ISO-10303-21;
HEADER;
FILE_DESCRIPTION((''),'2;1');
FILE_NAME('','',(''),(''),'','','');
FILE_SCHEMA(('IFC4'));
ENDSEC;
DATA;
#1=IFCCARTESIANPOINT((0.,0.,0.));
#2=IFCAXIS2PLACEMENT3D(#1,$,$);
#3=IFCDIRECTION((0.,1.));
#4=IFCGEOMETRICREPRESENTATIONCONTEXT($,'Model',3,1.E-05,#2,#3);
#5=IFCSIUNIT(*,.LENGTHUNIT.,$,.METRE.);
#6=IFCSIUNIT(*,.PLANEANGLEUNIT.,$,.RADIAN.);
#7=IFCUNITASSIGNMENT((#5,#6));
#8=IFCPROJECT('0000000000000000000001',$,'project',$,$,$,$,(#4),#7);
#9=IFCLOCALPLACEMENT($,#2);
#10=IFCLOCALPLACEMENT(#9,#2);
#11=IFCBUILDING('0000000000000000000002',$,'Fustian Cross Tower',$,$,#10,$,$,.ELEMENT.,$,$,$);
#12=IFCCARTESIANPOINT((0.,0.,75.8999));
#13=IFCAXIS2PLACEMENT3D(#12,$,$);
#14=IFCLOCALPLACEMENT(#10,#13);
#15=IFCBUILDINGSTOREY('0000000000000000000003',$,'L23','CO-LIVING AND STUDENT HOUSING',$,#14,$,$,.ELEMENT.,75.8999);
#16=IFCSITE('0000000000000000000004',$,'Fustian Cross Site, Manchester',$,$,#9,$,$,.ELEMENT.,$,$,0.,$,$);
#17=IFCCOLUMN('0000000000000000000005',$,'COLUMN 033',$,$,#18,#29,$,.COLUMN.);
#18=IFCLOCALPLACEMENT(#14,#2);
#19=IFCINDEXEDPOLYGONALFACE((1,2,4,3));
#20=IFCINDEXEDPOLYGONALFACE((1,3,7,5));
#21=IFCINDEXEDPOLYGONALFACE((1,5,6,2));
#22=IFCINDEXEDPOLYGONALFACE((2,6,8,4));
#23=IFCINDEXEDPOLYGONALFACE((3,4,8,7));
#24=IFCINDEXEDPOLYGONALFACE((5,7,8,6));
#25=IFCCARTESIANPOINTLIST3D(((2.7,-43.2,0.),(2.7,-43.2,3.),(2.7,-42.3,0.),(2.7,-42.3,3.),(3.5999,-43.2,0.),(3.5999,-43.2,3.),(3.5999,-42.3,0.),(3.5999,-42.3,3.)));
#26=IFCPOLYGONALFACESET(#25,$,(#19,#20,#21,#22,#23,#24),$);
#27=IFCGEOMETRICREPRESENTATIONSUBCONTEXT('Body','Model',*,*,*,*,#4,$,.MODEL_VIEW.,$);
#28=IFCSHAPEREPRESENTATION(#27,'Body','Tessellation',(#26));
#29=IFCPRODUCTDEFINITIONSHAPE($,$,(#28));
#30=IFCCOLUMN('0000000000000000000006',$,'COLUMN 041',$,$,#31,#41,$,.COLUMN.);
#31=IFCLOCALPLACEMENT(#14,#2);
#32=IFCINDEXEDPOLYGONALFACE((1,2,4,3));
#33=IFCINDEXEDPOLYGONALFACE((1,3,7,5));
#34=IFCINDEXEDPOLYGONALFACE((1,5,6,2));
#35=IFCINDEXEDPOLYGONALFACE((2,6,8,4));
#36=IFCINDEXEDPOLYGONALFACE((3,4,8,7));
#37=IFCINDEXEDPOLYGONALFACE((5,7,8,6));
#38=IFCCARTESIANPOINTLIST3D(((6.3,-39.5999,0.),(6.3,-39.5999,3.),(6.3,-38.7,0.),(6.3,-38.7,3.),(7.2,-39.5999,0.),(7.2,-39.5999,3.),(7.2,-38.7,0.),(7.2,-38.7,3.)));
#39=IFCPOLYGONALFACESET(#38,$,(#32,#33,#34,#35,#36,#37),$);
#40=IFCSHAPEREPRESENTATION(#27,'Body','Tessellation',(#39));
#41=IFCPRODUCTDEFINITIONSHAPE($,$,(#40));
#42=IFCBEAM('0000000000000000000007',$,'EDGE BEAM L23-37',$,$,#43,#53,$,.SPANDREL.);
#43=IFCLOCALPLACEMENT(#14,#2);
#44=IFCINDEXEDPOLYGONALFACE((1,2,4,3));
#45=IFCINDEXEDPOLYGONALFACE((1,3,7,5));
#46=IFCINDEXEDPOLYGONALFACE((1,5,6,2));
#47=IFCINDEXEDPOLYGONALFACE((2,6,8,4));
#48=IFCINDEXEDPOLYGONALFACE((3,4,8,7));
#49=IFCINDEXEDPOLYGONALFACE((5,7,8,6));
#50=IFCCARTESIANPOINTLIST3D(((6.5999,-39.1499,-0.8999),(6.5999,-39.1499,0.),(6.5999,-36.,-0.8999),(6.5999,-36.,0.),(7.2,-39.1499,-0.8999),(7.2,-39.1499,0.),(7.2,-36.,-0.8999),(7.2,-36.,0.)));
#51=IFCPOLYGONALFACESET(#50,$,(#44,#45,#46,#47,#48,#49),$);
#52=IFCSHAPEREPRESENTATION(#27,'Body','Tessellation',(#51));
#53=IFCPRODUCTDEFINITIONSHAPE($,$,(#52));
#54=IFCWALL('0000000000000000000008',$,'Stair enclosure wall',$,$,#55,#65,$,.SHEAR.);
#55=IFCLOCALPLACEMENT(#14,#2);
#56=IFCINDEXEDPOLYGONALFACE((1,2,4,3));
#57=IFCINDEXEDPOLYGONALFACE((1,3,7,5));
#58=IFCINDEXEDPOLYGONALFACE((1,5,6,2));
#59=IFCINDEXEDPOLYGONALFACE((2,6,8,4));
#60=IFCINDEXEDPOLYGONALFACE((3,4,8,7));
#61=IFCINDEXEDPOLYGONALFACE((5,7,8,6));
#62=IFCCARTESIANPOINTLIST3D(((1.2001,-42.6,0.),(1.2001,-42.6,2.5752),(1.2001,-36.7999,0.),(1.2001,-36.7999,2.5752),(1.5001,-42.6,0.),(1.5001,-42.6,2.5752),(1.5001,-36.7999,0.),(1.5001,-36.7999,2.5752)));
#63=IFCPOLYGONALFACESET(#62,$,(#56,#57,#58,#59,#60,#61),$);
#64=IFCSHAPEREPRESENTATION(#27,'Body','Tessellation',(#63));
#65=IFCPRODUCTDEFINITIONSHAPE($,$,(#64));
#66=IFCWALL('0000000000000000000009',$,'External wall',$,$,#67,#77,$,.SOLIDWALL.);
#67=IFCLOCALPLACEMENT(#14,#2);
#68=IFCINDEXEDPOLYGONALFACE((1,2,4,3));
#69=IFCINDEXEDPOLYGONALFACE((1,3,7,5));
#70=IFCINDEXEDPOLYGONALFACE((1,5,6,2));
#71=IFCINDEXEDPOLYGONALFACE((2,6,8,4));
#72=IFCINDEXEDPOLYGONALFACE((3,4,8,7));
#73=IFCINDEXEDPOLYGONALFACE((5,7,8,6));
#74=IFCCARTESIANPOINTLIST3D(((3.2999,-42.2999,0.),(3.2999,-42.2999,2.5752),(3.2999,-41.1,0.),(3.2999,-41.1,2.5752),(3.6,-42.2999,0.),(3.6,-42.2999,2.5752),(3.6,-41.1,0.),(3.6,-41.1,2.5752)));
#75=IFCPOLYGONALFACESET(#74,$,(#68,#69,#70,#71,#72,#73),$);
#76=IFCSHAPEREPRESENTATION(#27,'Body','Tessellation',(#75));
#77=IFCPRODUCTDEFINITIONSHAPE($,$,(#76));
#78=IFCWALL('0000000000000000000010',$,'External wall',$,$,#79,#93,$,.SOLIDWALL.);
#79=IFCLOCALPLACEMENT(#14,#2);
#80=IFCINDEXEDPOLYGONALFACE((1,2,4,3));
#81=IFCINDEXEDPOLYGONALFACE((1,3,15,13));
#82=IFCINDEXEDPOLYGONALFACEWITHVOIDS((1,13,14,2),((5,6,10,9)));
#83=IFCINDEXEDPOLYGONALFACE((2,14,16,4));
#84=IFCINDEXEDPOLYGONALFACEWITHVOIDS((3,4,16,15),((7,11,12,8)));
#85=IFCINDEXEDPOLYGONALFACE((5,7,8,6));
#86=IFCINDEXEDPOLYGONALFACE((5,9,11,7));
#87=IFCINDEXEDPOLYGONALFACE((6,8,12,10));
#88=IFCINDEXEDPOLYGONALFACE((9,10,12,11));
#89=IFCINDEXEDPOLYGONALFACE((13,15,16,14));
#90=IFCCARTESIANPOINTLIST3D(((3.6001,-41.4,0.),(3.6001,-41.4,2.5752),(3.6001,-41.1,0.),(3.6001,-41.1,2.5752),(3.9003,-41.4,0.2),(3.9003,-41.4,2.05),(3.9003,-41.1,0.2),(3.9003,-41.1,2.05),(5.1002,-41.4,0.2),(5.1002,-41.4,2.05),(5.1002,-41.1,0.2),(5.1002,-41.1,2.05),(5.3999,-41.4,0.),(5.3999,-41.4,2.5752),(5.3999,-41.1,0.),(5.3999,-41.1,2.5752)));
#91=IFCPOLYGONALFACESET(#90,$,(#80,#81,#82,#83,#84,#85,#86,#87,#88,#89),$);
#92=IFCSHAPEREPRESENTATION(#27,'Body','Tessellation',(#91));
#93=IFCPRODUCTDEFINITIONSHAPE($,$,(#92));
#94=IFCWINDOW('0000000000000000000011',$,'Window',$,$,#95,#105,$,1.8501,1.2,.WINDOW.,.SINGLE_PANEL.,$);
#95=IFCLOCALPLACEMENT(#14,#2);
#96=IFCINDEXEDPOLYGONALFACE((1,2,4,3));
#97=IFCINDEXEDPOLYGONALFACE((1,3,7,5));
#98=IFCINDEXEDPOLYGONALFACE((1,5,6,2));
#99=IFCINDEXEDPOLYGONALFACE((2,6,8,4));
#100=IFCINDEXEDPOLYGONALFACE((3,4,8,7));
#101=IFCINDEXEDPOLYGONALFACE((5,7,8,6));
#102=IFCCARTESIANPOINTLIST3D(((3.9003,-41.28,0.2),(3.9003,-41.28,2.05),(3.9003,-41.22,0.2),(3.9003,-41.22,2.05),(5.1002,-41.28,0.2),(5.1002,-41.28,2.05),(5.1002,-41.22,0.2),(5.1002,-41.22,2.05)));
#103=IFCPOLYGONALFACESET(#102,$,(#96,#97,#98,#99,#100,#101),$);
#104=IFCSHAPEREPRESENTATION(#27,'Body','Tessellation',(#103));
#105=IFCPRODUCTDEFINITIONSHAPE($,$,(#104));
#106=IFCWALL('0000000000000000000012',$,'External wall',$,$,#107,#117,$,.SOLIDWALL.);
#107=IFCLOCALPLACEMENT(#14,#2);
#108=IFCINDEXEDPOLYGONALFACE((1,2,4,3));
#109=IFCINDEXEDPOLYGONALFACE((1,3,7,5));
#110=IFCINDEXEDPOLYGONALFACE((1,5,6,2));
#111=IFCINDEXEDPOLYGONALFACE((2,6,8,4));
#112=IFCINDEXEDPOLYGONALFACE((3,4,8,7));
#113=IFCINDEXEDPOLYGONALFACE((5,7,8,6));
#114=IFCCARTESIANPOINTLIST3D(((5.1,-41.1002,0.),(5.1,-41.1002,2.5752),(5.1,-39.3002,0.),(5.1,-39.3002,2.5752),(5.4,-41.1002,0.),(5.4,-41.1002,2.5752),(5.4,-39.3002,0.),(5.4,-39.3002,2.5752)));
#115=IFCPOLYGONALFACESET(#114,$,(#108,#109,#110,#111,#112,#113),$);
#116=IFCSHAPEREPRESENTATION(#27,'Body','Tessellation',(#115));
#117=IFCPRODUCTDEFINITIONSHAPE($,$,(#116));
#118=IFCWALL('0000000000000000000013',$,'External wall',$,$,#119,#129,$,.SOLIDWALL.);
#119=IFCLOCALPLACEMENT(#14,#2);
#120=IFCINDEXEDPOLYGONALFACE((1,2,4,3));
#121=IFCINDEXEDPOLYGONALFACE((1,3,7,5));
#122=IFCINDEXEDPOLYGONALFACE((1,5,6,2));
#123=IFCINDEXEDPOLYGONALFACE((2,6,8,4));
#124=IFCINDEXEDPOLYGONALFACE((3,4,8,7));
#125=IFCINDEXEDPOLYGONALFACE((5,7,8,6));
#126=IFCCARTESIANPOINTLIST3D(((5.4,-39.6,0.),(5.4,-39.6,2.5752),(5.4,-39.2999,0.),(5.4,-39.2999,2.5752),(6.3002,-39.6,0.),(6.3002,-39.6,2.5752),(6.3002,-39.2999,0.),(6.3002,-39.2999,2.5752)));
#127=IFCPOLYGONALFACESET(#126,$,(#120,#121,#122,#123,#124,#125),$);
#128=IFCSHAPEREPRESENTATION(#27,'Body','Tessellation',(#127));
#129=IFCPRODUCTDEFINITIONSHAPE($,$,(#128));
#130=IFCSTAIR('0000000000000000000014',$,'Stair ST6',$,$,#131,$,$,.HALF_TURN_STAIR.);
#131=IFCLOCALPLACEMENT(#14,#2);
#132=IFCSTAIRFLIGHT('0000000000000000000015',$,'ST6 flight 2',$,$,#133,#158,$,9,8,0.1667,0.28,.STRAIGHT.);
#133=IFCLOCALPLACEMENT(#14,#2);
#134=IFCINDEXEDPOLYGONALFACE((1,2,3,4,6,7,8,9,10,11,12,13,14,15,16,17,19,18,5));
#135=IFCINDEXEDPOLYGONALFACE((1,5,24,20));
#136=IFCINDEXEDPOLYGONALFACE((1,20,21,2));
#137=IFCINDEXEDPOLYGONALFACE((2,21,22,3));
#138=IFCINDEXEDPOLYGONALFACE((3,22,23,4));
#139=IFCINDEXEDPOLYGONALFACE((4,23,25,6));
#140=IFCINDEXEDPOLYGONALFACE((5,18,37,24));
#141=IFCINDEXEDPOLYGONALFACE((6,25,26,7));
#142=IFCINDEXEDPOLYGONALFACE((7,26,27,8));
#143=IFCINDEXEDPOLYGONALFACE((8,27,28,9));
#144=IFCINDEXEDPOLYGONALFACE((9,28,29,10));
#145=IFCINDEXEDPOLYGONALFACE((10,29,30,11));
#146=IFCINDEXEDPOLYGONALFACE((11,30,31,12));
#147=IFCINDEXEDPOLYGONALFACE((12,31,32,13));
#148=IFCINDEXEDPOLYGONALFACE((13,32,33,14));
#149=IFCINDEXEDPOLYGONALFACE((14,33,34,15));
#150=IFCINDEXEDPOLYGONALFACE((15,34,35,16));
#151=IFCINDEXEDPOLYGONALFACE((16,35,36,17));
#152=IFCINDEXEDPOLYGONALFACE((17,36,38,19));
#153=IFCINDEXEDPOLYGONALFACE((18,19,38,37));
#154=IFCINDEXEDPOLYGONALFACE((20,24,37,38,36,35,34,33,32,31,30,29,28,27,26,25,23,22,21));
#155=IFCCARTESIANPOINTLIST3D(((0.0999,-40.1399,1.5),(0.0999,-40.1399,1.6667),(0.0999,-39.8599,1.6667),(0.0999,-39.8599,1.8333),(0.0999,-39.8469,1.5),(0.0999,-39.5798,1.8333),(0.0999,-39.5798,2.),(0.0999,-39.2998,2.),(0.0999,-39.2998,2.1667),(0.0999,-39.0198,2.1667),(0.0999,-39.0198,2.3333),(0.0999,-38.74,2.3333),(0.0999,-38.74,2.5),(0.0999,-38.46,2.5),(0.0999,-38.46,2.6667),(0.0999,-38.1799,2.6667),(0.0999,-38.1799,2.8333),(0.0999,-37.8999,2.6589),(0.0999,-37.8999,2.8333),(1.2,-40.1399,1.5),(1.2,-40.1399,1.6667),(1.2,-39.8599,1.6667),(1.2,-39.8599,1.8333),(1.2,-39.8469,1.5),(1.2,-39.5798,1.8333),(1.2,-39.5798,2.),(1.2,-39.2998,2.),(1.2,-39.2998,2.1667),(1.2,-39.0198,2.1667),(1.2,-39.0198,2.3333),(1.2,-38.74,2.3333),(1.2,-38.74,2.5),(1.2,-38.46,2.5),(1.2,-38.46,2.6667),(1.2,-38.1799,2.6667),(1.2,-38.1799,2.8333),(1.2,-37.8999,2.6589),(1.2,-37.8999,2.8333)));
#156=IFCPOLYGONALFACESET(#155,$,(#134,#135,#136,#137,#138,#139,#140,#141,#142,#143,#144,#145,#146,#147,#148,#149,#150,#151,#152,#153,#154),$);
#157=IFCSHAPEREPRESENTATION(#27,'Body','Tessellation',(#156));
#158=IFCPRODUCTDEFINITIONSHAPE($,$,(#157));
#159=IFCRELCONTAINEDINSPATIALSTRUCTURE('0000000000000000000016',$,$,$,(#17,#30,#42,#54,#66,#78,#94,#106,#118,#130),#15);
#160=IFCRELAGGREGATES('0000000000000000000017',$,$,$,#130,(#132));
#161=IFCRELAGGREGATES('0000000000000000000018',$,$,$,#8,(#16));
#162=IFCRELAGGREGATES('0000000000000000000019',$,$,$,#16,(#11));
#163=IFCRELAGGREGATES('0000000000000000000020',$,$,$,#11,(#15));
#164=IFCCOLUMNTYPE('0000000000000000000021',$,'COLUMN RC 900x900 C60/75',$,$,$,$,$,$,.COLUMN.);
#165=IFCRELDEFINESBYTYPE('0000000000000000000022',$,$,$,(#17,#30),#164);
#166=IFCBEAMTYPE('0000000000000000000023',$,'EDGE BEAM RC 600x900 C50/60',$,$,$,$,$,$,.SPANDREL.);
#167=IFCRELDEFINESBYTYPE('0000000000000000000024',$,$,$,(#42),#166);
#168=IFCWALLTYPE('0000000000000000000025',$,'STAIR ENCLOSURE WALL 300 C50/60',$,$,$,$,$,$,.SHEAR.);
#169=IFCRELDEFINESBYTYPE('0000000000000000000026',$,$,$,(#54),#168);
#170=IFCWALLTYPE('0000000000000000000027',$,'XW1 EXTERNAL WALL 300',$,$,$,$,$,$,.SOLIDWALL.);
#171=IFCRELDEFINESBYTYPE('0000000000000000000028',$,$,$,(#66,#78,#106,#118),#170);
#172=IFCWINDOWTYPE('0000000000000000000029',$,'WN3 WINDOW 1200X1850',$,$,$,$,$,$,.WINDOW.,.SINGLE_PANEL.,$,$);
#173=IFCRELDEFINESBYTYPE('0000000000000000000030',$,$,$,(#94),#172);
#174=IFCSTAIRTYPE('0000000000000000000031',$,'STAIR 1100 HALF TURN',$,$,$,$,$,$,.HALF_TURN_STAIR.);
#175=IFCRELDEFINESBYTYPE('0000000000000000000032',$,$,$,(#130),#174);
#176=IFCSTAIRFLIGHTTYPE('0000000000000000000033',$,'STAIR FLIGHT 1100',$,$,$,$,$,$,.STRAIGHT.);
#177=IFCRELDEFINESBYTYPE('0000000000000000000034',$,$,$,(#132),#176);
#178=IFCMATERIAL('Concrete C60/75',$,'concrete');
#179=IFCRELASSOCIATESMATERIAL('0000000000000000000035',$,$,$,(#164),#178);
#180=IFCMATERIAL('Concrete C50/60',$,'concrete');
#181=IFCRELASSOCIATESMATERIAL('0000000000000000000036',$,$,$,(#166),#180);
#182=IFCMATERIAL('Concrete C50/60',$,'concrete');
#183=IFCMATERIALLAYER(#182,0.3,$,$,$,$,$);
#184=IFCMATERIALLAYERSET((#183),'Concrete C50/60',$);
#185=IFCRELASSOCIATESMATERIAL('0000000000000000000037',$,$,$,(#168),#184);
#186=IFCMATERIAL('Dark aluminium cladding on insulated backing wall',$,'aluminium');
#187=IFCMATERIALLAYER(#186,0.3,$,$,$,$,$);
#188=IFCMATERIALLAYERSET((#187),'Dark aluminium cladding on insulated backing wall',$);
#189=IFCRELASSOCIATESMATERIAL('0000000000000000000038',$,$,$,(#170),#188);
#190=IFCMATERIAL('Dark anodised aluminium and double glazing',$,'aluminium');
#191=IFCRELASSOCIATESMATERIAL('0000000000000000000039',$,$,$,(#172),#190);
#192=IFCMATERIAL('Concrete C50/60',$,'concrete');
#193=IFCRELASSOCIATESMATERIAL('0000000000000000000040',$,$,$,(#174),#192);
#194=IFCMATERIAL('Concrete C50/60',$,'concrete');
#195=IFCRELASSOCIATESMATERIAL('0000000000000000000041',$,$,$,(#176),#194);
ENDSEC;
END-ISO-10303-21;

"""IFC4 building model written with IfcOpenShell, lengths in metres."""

from ifc_helpers import new_model, si_unit, direction, frame, frame_2d, origin, origin_2d, place, context, subcontext, project, spatial, polyline, rectangle, outline, extrude, material, layer, layer_set, material_profile, profile_set, type_object, element, fill, aggregate, save


model = new_model("IFC4")

# Units and contexts
model_context = context("Model", 3, precision=1e-05, world=origin(), true_north=direction((0.0, 1.0)))
body_context = subcontext(model_context, "Body", "Model", "MODEL_VIEW")
ifc_project = project(units=[si_unit("LENGTHUNIT", "METRE"), si_unit("PLANEANGLEUNIT", "RADIAN")], contexts=[model_context])

# Site, building, storey
site_placement = place(None, origin())
site = spatial("IfcSite", under=ifc_project, at=site_placement, Name="Fustian Cross Site, Manchester", CompositionType="ELEMENT", RefElevation=0.0)
building_placement = place(site_placement, origin())
building = spatial("IfcBuilding", under=site, at=building_placement, Name="Fustian Cross Tower", CompositionType="ELEMENT")
storey_placement = place(building_placement, frame((0.0, 0.0, 75.8999)))
storey = spatial("IfcBuildingStorey", under=building, at=storey_placement, Name="L23", Description="CO-LIVING AND STUDENT HOUSING", CompositionType="ELEMENT", Elevation=75.8999)

# Columns
ifc_material_1 = material(Name="Concrete C60/75", Category="concrete")
ifc_material_profile_1 = material_profile(ifc_material_1, rectangle(XDim=0.8999, YDim=0.8999, at=origin_2d()), Name="RC 900x900")
ifc_profile_set_1 = profile_set([ifc_material_profile_1], Name="Concrete C60/75")
column_type = type_object("IfcColumnType", Name="COLUMN RC 900x900 C60/75", PredefinedType="COLUMN", material=ifc_profile_set_1)
for number, where, z_axis, x_axis, name in (
    (1, (3.1499, -42.75, 0.0), (0.0, 0.0, 1.0), (1.0, 0.0, 0.0), "COLUMN 033"),
    (2, (6.75, -39.1499, 0.0), (0.0, 0.0, 1.0), (1.0, 0.0, 0.0), "COLUMN 041"),
):
    element("IfcColumn", number, at=place(storey_placement, frame(where, z_axis=z_axis, x_axis=x_axis)), inside=storey, type_object=column_type, Name=name, PredefinedType="COLUMN", context=body_context, shape_type="SweptSolid", body=[
        extrude(rectangle(XDim=0.8999, YDim=0.8999, at=origin_2d()), origin(), (0.0, 0.0, 1.0), 3.0),
    ])

# Beam
ifc_material_2 = material(Name="Concrete C50/60", Category="concrete")
ifc_material_profile_2 = material_profile(ifc_material_2, rectangle(XDim=0.6001, YDim=0.8999, at=origin_2d()), Name="RC 600x900")
ifc_profile_set_2 = profile_set([ifc_material_profile_2], Name="Concrete C50/60")
beam_type = type_object("IfcBeamType", Name="EDGE BEAM RC 600x900 C50/60", PredefinedType="SPANDREL", material=ifc_profile_set_2)
beam_placement = place(storey_placement, frame((6.8999, -39.1499, -0.45), z_axis=(0.0, 1.0, 0.0), x_axis=(-1.0, 0.0, 0.0)))
element("IfcBeam", 3, at=beam_placement, inside=storey, type_object=beam_type, Name="EDGE BEAM L23-37", PredefinedType="SPANDREL", context=body_context, shape_type="SweptSolid", body=[
    extrude(rectangle(XDim=0.6001, YDim=0.8999, at=origin_2d()), origin(), (0.0, 0.0, 1.0), 3.1499),
])

# Walls
ifc_material_3 = material(Name="Concrete C50/60", Category="concrete")
ifc_layer_1 = layer(ifc_material_3, 0.3)
ifc_layer_set_1 = layer_set([ifc_layer_1], Name="Concrete C50/60")
wall_type_1 = type_object("IfcWallType", Name="STAIR ENCLOSURE WALL 300 C50/60", PredefinedType="SHEAR", material=ifc_layer_set_1)
wall_1_placement = place(storey_placement, frame((1.3501, -36.8, 0.0), z_axis=(0.0, 0.0, 1.0), x_axis=(0.0, -1.0, 0.0)))
element("IfcWall", 4, at=wall_1_placement, inside=storey, type_object=wall_type_1, Name="Stair enclosure wall", PredefinedType="SHEAR", context=body_context, shape_type="SweptSolid", body=[
    extrude(rectangle(XDim=5.8, YDim=0.3, at=frame_2d((2.8999, 0.0))), origin(), (0.0, 0.0, 1.0), 2.5752),
])
ifc_material_4 = material(Name="Dark aluminium cladding on insulated backing wall", Category="aluminium")
ifc_layer_2 = layer(ifc_material_4, 0.3)
ifc_layer_set_2 = layer_set([ifc_layer_2], Name="Dark aluminium cladding on insulated backing wall")
wall_type_2 = type_object("IfcWallType", Name="XW1 EXTERNAL WALL 300", PredefinedType="SOLIDWALL", material=ifc_layer_set_2)
wall_2_placement = place(storey_placement, frame((3.45, -42.3, 0.0), z_axis=(0.0, 0.0, 1.0), x_axis=(0.0, 1.0, 0.0)))
element("IfcWall", 5, at=wall_2_placement, inside=storey, type_object=wall_type_2, Name="External wall", PredefinedType="SOLIDWALL", context=body_context, shape_type="SweptSolid", body=[
    extrude(rectangle(XDim=1.2, YDim=0.3, at=frame_2d((0.6001, 0.0))), origin(), (0.0, 0.0, 1.0), 2.5752),
])

# Wall, opening, window
wall_3_placement = place(storey_placement, frame((3.6001, -41.25, 0.0), z_axis=(0.0, 0.0, 1.0), x_axis=(1.0, 0.0, 0.0)))
wall_3 = element("IfcWall", 6, at=wall_3_placement, inside=storey, type_object=wall_type_2, Name="External wall", PredefinedType="SOLIDWALL", context=body_context, shape_type="SweptSolid", body=[
    extrude(rectangle(XDim=1.7998, YDim=0.3, at=frame_2d((0.8999, 0.0))), origin(), (0.0, 0.0, 1.0), 2.5752),
])
opening_1_placement = place(wall_3_placement, frame((0.3, 0.0, 0.2)))
opening_1 = element("IfcOpeningElement", 7, at=opening_1_placement, cuts=wall_3, PredefinedType="OPENING", context=body_context, shape_type="SweptSolid", body=[
    extrude(rectangle(XDim=1.2, YDim=1.8501, at=frame_2d((0.6001, 0.925))), frame((0.0, 0.1599, 0.0), z_axis=(0.0, -1.0, 0.0), x_axis=(1.0, 0.0, 0.0)), (0.0, 0.0, 1.0), 0.3201),
])
ifc_material_5 = material(Name="Dark anodised aluminium and double glazing", Category="aluminium")
window_type = type_object("IfcWindowType", Name="WN3 WINDOW 1200X1850", PartitioningType="SINGLE_PANEL", PredefinedType="WINDOW", material=ifc_material_5)
window_placement = place(opening_1_placement, origin())
window = element("IfcWindow", 8, at=window_placement, inside=storey, type_object=window_type, Name="Window", OverallHeight=1.8501, OverallWidth=1.2, PartitioningType="SINGLE_PANEL", PredefinedType="WINDOW", context=body_context, shape_type="SweptSolid", body=[
    extrude(rectangle(XDim=1.2, YDim=1.8501, at=frame_2d((0.6001, 0.925))), frame((0.0, 0.03, 0.0), z_axis=(0.0, -1.0, 0.0), x_axis=(1.0, 0.0, 0.0)), (0.0, 0.0, 1.0), 0.0601),
])
fill(opening_1, window)

# Walls
wall_4_placement = place(storey_placement, frame((5.25, -41.1001, 0.0), z_axis=(0.0, 0.0, 1.0), x_axis=(0.0, 1.0, 0.0)))
element("IfcWall", 9, at=wall_4_placement, inside=storey, type_object=wall_type_2, Name="External wall", PredefinedType="SOLIDWALL", context=body_context, shape_type="SweptSolid", body=[
    extrude(rectangle(XDim=1.8, YDim=0.3, at=frame_2d((0.8999, 0.0))), origin(), (0.0, 0.0, 1.0), 2.5752),
])
wall_5_placement = place(storey_placement, frame((5.3999, -39.45, 0.0), z_axis=(0.0, 0.0, 1.0), x_axis=(1.0, 0.0, 0.0)))
element("IfcWall", 10, at=wall_5_placement, inside=storey, type_object=wall_type_2, Name="External wall", PredefinedType="SOLIDWALL", context=body_context, shape_type="SweptSolid", body=[
    extrude(rectangle(XDim=0.9001, YDim=0.3, at=frame_2d((0.4502, 0.0))), origin(), (0.0, 0.0, 1.0), 2.5752),
])

# Stair, stair flight
ifc_material_6 = material(Name="Concrete C50/60", Category="concrete")
stair_type = type_object("IfcStairType", Name="STAIR 1100 HALF TURN", PredefinedType="HALF_TURN_STAIR", material=ifc_material_6)
stair_placement = place(storey_placement, origin())
stair = element("IfcStair", 11, at=stair_placement, inside=storey, type_object=stair_type, Name="Stair ST6", PredefinedType="HALF_TURN_STAIR")
ifc_material_7 = material(Name="Concrete C50/60", Category="concrete")
stair_flight_type = type_object("IfcStairFlightType", Name="STAIR FLIGHT 1100", PredefinedType="STRAIGHT", material=ifc_material_7)
stair_flight_placement = place(storey_placement, frame((0.6499, -40.1399, 1.5), z_axis=(0.0, 0.0, 1.0), x_axis=(0.0, 1.0, 0.0)))
stair_flight = element("IfcStairFlight", 12, at=stair_flight_placement, type_object=stair_flight_type, Name="ST6 flight 2", NumberOfRisers=9, NumberOfTreads=8, PredefinedType="STRAIGHT", RiserHeight=0.1667, TreadLength=0.28, context=body_context, shape_type="SweptSolid", body=[
    extrude(outline(polyline([(0.0, 0.0), (0.0, 0.1667), (0.28, 0.1667), (0.28, 0.3333), (0.5601, 0.3333), (0.5601, 0.5), (0.8401, 0.5), (0.8401, 0.6667), (1.1201, 0.6667), (1.1201, 0.8333), (1.3999, 0.8333), (1.3999, 1.0), (1.6799, 1.0), (1.6799, 1.1667), (1.96, 1.1667), (1.96, 1.3333), (2.24, 1.3333), (2.24, 1.5), (2.24, 1.1589), (0.293, 0.0), (0.0, 0.0)])), frame((0.0, 0.55, 0.0), z_axis=(0.0, -1.0, 0.0), x_axis=(1.0, 0.0, 0.0)), (0.0, 0.0, 1.0), 1.1001),
])
aggregate(stair, [stair_flight])

save(model, "model.ifc")
